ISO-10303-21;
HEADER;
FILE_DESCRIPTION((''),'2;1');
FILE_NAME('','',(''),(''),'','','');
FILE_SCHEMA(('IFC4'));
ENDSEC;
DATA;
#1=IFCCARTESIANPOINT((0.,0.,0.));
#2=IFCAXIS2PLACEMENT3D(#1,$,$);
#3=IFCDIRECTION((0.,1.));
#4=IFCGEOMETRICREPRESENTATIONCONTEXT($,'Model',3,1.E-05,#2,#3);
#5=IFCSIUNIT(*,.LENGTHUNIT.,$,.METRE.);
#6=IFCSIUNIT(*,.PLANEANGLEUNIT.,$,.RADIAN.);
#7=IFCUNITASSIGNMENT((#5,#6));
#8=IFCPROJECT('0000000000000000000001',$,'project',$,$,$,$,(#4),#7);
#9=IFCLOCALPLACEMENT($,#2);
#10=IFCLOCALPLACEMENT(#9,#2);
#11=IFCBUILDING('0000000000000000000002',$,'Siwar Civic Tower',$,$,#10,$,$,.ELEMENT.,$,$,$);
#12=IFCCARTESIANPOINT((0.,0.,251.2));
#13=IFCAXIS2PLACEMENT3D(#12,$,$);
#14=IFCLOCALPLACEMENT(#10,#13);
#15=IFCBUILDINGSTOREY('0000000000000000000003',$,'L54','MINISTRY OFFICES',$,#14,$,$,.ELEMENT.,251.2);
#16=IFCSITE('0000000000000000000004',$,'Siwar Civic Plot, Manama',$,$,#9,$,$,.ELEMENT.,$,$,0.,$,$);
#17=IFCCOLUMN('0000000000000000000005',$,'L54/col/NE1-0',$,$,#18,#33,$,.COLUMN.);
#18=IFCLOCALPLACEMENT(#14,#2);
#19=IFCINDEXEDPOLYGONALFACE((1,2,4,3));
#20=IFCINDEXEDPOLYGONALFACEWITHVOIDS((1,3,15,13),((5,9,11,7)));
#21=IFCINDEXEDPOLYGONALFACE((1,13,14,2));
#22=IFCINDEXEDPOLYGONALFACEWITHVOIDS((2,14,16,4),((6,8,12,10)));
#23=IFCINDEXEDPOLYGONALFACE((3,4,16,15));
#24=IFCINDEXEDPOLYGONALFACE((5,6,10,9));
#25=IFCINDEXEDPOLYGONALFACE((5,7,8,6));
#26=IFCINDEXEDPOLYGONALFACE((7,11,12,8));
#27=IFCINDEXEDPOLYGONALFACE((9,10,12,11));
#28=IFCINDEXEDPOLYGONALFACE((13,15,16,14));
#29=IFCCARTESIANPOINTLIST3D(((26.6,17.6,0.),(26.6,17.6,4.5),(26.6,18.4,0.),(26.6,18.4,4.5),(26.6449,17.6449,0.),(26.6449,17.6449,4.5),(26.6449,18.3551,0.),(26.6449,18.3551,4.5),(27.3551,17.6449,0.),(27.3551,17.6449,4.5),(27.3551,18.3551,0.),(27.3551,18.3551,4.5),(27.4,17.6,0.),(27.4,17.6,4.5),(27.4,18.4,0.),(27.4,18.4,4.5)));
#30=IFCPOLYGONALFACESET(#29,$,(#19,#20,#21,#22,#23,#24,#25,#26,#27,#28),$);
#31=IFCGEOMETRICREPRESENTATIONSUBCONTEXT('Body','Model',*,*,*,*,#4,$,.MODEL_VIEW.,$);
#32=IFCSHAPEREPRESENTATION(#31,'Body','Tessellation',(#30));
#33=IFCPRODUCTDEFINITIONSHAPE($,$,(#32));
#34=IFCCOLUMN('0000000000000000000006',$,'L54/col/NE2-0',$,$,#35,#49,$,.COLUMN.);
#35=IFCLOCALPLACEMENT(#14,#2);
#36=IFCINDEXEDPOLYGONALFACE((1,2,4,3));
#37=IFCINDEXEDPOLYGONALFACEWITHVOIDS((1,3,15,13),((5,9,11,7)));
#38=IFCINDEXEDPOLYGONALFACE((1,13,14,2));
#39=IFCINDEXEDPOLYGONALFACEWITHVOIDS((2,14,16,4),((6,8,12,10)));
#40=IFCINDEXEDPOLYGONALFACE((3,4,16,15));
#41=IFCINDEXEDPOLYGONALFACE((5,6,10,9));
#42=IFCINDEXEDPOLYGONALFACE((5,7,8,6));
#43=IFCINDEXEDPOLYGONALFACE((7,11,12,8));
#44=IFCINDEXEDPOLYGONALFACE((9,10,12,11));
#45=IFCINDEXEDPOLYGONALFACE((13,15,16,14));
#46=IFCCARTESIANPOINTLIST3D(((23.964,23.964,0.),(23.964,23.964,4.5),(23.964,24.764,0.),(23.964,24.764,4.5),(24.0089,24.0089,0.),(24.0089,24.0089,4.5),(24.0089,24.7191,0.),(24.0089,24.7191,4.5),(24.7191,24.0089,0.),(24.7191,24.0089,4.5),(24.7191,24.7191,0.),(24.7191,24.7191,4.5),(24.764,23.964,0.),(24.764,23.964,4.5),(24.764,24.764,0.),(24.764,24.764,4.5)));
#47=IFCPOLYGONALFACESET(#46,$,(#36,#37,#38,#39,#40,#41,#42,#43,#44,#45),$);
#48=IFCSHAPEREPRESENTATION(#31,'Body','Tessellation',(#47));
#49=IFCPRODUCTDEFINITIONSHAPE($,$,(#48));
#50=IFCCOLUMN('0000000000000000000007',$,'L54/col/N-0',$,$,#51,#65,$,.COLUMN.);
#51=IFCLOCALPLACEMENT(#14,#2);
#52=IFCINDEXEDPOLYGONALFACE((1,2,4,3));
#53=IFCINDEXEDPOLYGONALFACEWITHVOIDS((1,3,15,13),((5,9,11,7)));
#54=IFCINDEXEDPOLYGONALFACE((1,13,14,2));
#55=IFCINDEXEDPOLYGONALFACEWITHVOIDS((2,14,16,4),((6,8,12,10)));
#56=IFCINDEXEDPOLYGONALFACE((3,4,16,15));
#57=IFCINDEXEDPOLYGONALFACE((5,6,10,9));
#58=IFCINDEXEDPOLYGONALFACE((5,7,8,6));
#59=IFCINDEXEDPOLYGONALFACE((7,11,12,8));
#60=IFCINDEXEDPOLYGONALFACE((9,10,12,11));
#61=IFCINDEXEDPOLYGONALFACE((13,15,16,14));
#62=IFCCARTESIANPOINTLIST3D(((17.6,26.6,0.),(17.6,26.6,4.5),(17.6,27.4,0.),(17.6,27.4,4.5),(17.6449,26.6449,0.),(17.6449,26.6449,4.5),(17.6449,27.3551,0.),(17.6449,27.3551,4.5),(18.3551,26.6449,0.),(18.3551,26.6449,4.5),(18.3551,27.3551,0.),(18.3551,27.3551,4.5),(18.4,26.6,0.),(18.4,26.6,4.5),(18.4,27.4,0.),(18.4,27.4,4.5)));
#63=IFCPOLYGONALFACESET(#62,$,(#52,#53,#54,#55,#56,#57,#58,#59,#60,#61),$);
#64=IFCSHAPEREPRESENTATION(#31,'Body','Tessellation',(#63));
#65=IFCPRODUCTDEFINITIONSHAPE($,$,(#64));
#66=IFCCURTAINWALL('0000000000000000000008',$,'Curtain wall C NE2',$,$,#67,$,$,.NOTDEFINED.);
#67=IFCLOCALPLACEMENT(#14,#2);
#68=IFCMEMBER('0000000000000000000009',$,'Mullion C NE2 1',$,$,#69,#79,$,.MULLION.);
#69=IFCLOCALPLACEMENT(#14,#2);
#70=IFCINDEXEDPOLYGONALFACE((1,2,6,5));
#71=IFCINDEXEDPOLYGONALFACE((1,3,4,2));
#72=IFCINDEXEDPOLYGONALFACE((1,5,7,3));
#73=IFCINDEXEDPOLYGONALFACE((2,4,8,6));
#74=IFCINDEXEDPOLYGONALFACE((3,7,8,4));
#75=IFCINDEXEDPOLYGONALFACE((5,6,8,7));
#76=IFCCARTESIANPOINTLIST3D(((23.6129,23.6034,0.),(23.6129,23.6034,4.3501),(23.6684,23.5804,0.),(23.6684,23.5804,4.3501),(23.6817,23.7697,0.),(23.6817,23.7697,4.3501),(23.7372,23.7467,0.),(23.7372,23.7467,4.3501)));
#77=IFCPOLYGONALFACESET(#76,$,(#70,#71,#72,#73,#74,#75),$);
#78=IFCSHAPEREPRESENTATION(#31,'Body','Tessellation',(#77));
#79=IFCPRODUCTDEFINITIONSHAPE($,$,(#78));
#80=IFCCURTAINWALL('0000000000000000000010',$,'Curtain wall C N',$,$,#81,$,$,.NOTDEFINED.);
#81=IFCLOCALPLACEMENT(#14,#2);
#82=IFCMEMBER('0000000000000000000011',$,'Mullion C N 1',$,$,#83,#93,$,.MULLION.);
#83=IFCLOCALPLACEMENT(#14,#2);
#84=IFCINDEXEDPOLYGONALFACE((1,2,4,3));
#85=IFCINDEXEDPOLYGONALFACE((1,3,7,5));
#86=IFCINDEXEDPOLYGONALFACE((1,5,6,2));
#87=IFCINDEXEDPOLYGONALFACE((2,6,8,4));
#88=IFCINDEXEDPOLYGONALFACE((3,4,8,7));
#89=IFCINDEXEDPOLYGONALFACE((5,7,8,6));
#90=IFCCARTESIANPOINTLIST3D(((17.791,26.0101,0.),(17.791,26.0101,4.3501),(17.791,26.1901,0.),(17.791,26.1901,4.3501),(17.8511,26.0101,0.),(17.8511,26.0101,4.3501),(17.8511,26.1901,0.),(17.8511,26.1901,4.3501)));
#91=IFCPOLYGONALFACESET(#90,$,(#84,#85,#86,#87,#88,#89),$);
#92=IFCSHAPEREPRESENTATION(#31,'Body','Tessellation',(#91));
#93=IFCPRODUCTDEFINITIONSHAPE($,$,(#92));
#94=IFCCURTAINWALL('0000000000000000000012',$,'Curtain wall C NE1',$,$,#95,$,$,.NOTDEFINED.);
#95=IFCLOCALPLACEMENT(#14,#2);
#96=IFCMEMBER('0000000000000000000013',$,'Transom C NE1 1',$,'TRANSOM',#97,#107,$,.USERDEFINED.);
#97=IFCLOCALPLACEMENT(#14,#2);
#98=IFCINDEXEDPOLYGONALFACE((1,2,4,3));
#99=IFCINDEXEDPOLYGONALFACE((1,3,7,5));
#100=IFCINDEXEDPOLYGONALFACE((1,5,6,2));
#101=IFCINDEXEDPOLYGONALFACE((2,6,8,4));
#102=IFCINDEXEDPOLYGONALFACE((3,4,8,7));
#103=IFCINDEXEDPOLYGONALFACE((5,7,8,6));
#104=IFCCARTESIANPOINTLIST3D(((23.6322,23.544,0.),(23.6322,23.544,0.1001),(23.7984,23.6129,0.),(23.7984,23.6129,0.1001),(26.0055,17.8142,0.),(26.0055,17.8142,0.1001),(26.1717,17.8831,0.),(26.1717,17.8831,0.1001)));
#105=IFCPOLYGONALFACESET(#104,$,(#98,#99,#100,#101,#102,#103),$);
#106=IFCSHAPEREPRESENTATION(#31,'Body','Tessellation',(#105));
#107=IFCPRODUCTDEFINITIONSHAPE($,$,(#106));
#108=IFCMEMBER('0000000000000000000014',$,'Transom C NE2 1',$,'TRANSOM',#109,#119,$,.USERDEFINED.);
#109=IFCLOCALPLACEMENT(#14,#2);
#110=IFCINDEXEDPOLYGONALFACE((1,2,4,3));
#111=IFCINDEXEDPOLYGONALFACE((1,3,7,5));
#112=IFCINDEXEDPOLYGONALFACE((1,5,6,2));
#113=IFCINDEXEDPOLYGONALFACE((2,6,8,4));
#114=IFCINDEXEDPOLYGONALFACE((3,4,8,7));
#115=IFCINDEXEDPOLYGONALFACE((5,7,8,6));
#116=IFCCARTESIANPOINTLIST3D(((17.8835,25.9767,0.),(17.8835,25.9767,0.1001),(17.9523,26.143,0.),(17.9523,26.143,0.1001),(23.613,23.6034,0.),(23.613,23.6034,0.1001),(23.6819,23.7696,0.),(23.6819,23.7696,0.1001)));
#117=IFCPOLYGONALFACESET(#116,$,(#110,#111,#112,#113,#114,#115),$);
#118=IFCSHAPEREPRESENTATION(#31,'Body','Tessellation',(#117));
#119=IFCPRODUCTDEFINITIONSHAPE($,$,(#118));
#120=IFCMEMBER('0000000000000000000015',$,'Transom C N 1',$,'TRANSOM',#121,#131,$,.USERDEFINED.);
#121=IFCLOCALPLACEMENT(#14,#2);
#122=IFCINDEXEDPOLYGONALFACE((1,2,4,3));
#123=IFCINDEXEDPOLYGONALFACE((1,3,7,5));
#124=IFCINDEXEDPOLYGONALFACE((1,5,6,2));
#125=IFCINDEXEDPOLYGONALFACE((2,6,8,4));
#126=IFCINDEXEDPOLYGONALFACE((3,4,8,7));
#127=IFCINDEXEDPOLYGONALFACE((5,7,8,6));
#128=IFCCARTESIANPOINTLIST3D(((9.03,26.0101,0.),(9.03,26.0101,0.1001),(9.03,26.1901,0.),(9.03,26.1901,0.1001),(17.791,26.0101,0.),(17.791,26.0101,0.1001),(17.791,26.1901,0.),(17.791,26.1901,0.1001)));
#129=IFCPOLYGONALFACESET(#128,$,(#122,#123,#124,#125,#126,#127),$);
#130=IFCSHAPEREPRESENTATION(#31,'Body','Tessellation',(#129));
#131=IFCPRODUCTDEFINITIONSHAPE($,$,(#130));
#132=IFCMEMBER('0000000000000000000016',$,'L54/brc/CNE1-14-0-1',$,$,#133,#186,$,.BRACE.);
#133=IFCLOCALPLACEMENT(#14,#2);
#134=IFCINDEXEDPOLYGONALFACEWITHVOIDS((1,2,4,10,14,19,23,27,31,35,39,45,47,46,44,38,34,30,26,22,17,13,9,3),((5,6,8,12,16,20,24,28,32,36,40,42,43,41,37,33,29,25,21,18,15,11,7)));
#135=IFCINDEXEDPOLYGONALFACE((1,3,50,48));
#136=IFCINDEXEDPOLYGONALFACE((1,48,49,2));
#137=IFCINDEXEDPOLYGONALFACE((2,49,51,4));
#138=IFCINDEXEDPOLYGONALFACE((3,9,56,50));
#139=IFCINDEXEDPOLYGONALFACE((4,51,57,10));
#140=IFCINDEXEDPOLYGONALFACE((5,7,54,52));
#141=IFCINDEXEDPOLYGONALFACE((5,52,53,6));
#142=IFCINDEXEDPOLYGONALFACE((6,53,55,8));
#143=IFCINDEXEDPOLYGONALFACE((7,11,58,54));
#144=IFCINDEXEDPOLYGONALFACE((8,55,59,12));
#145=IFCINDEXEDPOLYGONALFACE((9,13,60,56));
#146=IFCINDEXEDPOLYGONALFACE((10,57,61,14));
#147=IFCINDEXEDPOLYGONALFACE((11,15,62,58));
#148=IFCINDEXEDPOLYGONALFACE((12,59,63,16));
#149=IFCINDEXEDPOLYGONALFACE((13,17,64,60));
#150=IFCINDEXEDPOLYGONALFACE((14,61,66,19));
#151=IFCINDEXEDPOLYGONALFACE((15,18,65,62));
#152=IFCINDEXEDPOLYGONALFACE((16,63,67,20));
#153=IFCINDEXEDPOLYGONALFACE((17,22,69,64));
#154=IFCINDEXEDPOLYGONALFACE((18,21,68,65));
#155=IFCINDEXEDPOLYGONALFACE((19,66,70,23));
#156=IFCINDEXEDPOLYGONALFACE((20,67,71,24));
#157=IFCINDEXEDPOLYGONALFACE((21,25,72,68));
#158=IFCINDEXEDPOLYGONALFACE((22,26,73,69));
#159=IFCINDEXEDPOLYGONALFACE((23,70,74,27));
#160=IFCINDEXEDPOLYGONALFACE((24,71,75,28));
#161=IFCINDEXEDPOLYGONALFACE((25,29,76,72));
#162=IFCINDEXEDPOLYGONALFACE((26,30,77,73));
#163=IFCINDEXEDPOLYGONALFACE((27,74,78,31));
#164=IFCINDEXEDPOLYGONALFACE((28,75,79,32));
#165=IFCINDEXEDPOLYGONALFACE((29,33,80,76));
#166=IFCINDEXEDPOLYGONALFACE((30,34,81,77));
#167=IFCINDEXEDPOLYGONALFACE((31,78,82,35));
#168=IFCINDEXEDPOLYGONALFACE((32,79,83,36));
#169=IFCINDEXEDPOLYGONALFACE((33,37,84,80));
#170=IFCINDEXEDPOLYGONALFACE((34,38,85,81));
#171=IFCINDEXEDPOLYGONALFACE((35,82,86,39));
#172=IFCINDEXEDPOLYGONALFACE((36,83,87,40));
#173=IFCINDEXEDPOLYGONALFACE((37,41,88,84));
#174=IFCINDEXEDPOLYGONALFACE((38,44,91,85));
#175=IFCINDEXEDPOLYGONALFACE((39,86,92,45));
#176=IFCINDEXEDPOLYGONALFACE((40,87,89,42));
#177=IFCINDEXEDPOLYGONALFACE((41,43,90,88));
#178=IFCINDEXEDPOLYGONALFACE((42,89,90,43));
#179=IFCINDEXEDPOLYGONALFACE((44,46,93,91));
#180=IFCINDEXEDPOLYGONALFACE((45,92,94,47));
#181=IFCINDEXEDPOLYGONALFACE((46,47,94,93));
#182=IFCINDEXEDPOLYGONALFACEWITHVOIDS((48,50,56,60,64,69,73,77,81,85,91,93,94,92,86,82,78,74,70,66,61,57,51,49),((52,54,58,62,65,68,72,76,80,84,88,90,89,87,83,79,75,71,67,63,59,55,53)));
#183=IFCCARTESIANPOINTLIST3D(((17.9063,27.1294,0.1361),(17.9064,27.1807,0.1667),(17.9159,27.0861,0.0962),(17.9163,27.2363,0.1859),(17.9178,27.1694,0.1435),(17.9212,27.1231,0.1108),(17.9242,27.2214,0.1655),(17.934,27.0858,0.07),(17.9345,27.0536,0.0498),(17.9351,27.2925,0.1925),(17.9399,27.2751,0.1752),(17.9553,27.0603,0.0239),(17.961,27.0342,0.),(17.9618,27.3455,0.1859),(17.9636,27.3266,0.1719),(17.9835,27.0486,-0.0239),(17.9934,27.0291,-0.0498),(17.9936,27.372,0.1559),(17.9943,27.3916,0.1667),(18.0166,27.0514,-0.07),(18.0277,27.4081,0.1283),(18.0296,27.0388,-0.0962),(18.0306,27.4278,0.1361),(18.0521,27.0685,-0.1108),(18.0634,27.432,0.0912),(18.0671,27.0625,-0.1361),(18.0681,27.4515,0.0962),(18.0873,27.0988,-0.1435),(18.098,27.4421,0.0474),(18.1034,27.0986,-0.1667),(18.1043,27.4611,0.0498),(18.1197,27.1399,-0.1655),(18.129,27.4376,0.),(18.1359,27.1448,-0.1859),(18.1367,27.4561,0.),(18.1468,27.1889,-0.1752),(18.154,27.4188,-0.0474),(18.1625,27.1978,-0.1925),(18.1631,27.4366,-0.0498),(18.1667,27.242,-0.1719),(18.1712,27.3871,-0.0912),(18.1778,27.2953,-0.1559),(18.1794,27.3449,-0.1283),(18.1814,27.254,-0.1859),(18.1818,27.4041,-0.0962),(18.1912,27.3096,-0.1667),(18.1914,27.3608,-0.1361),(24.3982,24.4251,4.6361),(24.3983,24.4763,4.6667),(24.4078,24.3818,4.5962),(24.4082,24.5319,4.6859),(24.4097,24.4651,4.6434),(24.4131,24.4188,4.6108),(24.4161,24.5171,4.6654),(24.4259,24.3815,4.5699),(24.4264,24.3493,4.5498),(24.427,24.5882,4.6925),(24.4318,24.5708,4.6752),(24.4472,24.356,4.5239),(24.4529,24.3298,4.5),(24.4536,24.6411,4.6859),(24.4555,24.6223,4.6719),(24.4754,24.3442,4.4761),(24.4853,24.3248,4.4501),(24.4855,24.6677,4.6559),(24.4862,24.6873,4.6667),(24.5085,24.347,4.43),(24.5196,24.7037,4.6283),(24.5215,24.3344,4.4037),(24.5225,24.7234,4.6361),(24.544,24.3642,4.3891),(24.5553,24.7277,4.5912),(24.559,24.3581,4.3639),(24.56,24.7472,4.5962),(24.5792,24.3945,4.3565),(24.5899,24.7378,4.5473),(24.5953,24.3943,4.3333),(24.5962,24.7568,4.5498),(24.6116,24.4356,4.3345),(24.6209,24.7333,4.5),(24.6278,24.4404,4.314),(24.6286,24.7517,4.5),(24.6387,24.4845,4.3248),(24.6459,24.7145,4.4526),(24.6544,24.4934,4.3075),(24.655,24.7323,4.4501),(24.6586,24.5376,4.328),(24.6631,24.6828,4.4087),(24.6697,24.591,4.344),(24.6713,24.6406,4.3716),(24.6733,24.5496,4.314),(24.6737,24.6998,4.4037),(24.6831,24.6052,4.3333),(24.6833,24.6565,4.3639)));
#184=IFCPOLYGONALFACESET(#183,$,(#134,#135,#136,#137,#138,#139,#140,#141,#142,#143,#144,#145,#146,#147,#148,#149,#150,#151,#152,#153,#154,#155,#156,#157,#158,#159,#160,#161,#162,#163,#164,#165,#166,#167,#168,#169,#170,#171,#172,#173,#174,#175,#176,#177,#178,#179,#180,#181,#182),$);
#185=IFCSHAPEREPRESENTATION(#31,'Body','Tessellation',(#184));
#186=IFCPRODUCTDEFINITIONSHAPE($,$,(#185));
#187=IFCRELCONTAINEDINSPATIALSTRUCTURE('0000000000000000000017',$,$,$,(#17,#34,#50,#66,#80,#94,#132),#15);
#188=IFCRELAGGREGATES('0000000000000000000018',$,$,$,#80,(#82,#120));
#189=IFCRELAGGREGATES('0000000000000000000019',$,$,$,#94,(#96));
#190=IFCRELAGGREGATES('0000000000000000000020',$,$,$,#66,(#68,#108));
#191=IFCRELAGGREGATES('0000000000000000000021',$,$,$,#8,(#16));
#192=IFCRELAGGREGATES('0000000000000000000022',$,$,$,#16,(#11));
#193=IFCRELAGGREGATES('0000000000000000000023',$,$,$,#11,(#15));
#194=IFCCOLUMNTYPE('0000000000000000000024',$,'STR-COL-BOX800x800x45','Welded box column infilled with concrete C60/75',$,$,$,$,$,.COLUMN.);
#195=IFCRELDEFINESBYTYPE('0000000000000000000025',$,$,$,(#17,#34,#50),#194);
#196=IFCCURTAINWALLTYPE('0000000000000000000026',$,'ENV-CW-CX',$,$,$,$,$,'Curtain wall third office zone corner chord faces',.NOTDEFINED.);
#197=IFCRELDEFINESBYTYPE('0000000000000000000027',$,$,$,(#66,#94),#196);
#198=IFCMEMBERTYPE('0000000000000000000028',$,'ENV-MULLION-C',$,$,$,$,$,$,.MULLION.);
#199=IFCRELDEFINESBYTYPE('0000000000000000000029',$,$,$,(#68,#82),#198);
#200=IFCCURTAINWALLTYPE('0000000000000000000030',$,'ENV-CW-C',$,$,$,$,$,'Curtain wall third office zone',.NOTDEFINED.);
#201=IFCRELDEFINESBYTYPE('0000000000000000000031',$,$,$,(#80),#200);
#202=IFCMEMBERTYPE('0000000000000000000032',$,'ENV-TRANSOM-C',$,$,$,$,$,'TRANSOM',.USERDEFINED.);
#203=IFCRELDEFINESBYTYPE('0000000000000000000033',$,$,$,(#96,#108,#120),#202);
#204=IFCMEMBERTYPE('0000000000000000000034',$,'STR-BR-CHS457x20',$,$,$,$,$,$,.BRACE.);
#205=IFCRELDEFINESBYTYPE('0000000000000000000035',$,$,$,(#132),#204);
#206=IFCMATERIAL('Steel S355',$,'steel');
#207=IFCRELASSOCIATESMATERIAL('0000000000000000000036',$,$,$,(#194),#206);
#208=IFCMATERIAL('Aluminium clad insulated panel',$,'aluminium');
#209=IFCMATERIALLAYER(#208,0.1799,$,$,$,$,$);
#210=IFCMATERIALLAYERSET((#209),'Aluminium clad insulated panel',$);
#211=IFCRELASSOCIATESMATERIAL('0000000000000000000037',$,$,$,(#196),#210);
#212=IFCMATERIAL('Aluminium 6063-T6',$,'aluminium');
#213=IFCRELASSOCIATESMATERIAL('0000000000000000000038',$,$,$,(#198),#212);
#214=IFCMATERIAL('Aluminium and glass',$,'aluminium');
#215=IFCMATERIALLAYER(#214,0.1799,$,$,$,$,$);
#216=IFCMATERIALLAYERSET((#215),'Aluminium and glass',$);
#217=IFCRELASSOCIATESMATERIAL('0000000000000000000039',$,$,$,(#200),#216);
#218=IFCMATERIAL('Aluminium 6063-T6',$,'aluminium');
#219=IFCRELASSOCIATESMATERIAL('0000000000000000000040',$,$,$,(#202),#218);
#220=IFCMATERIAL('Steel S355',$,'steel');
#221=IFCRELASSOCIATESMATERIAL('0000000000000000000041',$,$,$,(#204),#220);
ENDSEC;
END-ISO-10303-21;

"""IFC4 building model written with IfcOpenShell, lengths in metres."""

from ifc_helpers import new_model, si_unit, direction, frame, origin, origin_2d, place, context, subcontext, project, spatial, rectangle, hollow_rectangle, hollow_circle, extrude, material, layer, layer_set, material_profile, profile_set, type_object, element, aggregate, save


model = new_model("IFC4")

# Units and contexts
model_context = context("Model", 3, precision=1e-05, world=origin(), true_north=direction((0.0, 1.0)))
body_context = subcontext(model_context, "Body", "Model", "MODEL_VIEW")
ifc_project = project(units=[si_unit("LENGTHUNIT", "METRE"), si_unit("PLANEANGLEUNIT", "RADIAN")], contexts=[model_context])

# Site, building, storey
site_placement = place(None, origin())
site = spatial("IfcSite", under=ifc_project, at=site_placement, Name="Siwar Civic Plot, Manama", CompositionType="ELEMENT", RefElevation=0.0)
building_placement = place(site_placement, origin())
building = spatial("IfcBuilding", under=site, at=building_placement, Name="Siwar Civic Tower", CompositionType="ELEMENT")
storey_placement = place(building_placement, frame((0.0, 0.0, 251.2)))
storey = spatial("IfcBuildingStorey", under=building, at=storey_placement, Name="L54", Description="MINISTRY OFFICES", CompositionType="ELEMENT", Elevation=251.2)

# Columns
ifc_material_1 = material(Name="Steel S355", Category="steel")
ifc_material_profile_1 = material_profile(ifc_material_1, hollow_rectangle(XDim=0.8, YDim=0.8, WallThickness=0.0449, at=origin_2d()), Name="BOX800x800x45")
ifc_profile_set_1 = profile_set([ifc_material_profile_1], Name="Steel S355")
column_type = type_object("IfcColumnType", Name="STR-COL-BOX800x800x45", Description="Welded box column infilled with concrete C60/75", PredefinedType="COLUMN", material=ifc_profile_set_1)
for number, where, z_axis, x_axis, name in (
    (1, (27.0, 18.0, 0.0), (0.0, 0.0, 1.0), (1.0, 0.0, 0.0), "L54/col/NE1-0"),
    (2, (24.364, 24.364, 0.0), (0.0, 0.0, 1.0), (1.0, 0.0, 0.0), "L54/col/NE2-0"),
    (3, (18.0, 27.0, 0.0), (0.0, 0.0, 1.0), (1.0, 0.0, 0.0), "L54/col/N-0"),
):
    element("IfcColumn", number, at=place(storey_placement, frame(where, z_axis=z_axis, x_axis=x_axis)), inside=storey, type_object=column_type, Name=name, PredefinedType="COLUMN", context=body_context, shape_type="SweptSolid", body=[
        extrude(hollow_rectangle(XDim=0.8, YDim=0.8, WallThickness=0.0449, at=origin_2d()), origin(), (0.0, 0.0, 1.0), 4.5),
    ])

# Curtain walls, members
ifc_material_2 = material(Name="Aluminium clad insulated panel", Category="aluminium")
ifc_layer_1 = layer(ifc_material_2, 0.1799)
ifc_layer_set_1 = layer_set([ifc_layer_1], Name="Aluminium clad insulated panel")
curtain_wall_type_1 = type_object("IfcCurtainWallType", Name="ENV-CW-CX", ElementType="Curtain wall third office zone corner chord faces", PredefinedType="NOTDEFINED", material=ifc_layer_set_1)
curtain_wall_1_placement = place(storey_placement, origin())
curtain_wall_1 = element("IfcCurtainWall", 4, at=curtain_wall_1_placement, inside=storey, type_object=curtain_wall_type_1, Name="Curtain wall C NE2", PredefinedType="NOTDEFINED")
ifc_material_3 = material(Name="Aluminium 6063-T6", Category="aluminium")
ifc_material_profile_2 = material_profile(ifc_material_3, rectangle(XDim=0.1799, YDim=0.0601, at=origin_2d()), Name="AL 180x60")
ifc_profile_set_2 = profile_set([ifc_material_profile_2], Name="Aluminium 6063-T6")
member_type_1 = type_object("IfcMemberType", Name="ENV-MULLION-C", PredefinedType="MULLION", material=ifc_profile_set_2)
member_1_placement = place(storey_placement, frame((23.675, 23.675, 0.0), z_axis=(0.0, 0.0, 1.0), x_axis=(-0.382683, -0.92388, 0.0)))
member_1 = element("IfcMember", 5, at=member_1_placement, type_object=member_type_1, Name="Mullion C NE2 1", PredefinedType="MULLION", context=body_context, shape_type="SweptSolid", body=[
    extrude(rectangle(XDim=0.1799, YDim=0.0601, at=origin_2d()), origin(), (0.0, 0.0, 1.0), 4.3501),
])
ifc_material_4 = material(Name="Aluminium and glass", Category="aluminium")
ifc_layer_2 = layer(ifc_material_4, 0.1799)
ifc_layer_set_2 = layer_set([ifc_layer_2], Name="Aluminium and glass")
curtain_wall_type_2 = type_object("IfcCurtainWallType", Name="ENV-CW-C", ElementType="Curtain wall third office zone", PredefinedType="NOTDEFINED", material=ifc_layer_set_2)
curtain_wall_2_placement = place(storey_placement, origin())
curtain_wall_2 = element("IfcCurtainWall", 6, at=curtain_wall_2_placement, inside=storey, type_object=curtain_wall_type_2, Name="Curtain wall C N", PredefinedType="NOTDEFINED")
member_2_placement = place(storey_placement, frame((17.821, 26.1001, 0.0), z_axis=(0.0, 0.0, 1.0), x_axis=(0.0, -1.0, 0.0)))
member_2 = element("IfcMember", 7, at=member_2_placement, type_object=member_type_1, Name="Mullion C N 1", PredefinedType="MULLION", context=body_context, shape_type="SweptSolid", body=[
    extrude(rectangle(XDim=0.1799, YDim=0.0601, at=origin_2d()), origin(), (0.0, 0.0, 1.0), 4.3501),
])
curtain_wall_3_placement = place(storey_placement, origin())
curtain_wall_3 = element("IfcCurtainWall", 8, at=curtain_wall_3_placement, inside=storey, type_object=curtain_wall_type_1, Name="Curtain wall C NE1", PredefinedType="NOTDEFINED")
ifc_material_5 = material(Name="Aluminium 6063-T6", Category="aluminium")
ifc_material_profile_3 = material_profile(ifc_material_5, rectangle(XDim=0.1799, YDim=0.1001, at=origin_2d()), Name="AL 180x100")
ifc_profile_set_3 = profile_set([ifc_material_profile_3], Name="Aluminium 6063-T6")
member_type_2 = type_object("IfcMemberType", Name="ENV-TRANSOM-C", ElementType="TRANSOM", PredefinedType="USERDEFINED", material=ifc_profile_set_3)
member_3_placement = place(storey_placement, frame((26.0886, 17.8486, 0.05), z_axis=(-0.382677, 0.923882, 0.0), x_axis=(-0.923882, -0.382677, 0.0)))
member_3 = element("IfcMember", 9, at=member_3_placement, type_object=member_type_2, Name="Transom C NE1 1", ObjectType="TRANSOM", PredefinedType="USERDEFINED", context=body_context, shape_type="SweptSolid", body=[
    extrude(rectangle(XDim=0.1799, YDim=0.1001, at=origin_2d()), origin(), (0.0, 0.0, 1.0), 6.2019),
])

# Members
member_4_placement = place(storey_placement, frame((23.6475, 23.6865, 0.05), z_axis=(-0.923876, 0.382691, 0.0), x_axis=(-0.382691, -0.923876, 0.0)))
member_4 = element("IfcMember", 10, at=member_4_placement, type_object=member_type_2, Name="Transom C NE2 1", ObjectType="TRANSOM", PredefinedType="USERDEFINED", context=body_context, shape_type="SweptSolid", body=[
    extrude(rectangle(XDim=0.1799, YDim=0.1001, at=origin_2d()), origin(), (0.0, 0.0, 1.0), 6.2017),
])
member_5_placement = place(storey_placement, frame((17.791, 26.1001, 0.05), z_axis=(-1.0, 0.0, 0.0), x_axis=(0.0, -1.0, 0.0)))
member_5 = element("IfcMember", 11, at=member_5_placement, type_object=member_type_2, Name="Transom C N 1", ObjectType="TRANSOM", PredefinedType="USERDEFINED", context=body_context, shape_type="SweptSolid", body=[
    extrude(rectangle(XDim=0.1799, YDim=0.1001, at=origin_2d()), origin(), (0.0, 0.0, 1.0), 8.761),
])
aggregate(curtain_wall_2, [member_2, member_5])

# Member
ifc_material_6 = material(Name="Steel S355", Category="steel")
ifc_material_profile_4 = material_profile(ifc_material_6, hollow_circle(Radius=0.2285, WallThickness=0.02, at=origin_2d()), Name="CHS457x20")
ifc_profile_set_4 = profile_set([ifc_material_profile_4], Name="Steel S355")
member_type_3 = type_object("IfcMemberType", Name="STR-BR-CHS457x20", PredefinedType="BRACE", material=ifc_profile_set_4)
member_6_placement = place(storey_placement, frame((18.0488, 27.2451, 0.0), z_axis=(0.777555, -0.323906, 0.538975), x_axis=(0.384539, 0.923109, 0.0)))
element("IfcMember", 12, at=member_6_placement, inside=storey, type_object=member_type_3, Name="L54/brc/CNE1-14-0-1", PredefinedType="BRACE", context=body_context, shape_type="SweptSolid", body=[
    extrude(hollow_circle(Radius=0.2285, WallThickness=0.02, at=origin_2d()), origin(), (0.0, 0.0, 1.0), 8.3491),
])

aggregate(curtain_wall_3, [member_3])
aggregate(curtain_wall_1, [member_1, member_4])

save(model, "model.ifc")
